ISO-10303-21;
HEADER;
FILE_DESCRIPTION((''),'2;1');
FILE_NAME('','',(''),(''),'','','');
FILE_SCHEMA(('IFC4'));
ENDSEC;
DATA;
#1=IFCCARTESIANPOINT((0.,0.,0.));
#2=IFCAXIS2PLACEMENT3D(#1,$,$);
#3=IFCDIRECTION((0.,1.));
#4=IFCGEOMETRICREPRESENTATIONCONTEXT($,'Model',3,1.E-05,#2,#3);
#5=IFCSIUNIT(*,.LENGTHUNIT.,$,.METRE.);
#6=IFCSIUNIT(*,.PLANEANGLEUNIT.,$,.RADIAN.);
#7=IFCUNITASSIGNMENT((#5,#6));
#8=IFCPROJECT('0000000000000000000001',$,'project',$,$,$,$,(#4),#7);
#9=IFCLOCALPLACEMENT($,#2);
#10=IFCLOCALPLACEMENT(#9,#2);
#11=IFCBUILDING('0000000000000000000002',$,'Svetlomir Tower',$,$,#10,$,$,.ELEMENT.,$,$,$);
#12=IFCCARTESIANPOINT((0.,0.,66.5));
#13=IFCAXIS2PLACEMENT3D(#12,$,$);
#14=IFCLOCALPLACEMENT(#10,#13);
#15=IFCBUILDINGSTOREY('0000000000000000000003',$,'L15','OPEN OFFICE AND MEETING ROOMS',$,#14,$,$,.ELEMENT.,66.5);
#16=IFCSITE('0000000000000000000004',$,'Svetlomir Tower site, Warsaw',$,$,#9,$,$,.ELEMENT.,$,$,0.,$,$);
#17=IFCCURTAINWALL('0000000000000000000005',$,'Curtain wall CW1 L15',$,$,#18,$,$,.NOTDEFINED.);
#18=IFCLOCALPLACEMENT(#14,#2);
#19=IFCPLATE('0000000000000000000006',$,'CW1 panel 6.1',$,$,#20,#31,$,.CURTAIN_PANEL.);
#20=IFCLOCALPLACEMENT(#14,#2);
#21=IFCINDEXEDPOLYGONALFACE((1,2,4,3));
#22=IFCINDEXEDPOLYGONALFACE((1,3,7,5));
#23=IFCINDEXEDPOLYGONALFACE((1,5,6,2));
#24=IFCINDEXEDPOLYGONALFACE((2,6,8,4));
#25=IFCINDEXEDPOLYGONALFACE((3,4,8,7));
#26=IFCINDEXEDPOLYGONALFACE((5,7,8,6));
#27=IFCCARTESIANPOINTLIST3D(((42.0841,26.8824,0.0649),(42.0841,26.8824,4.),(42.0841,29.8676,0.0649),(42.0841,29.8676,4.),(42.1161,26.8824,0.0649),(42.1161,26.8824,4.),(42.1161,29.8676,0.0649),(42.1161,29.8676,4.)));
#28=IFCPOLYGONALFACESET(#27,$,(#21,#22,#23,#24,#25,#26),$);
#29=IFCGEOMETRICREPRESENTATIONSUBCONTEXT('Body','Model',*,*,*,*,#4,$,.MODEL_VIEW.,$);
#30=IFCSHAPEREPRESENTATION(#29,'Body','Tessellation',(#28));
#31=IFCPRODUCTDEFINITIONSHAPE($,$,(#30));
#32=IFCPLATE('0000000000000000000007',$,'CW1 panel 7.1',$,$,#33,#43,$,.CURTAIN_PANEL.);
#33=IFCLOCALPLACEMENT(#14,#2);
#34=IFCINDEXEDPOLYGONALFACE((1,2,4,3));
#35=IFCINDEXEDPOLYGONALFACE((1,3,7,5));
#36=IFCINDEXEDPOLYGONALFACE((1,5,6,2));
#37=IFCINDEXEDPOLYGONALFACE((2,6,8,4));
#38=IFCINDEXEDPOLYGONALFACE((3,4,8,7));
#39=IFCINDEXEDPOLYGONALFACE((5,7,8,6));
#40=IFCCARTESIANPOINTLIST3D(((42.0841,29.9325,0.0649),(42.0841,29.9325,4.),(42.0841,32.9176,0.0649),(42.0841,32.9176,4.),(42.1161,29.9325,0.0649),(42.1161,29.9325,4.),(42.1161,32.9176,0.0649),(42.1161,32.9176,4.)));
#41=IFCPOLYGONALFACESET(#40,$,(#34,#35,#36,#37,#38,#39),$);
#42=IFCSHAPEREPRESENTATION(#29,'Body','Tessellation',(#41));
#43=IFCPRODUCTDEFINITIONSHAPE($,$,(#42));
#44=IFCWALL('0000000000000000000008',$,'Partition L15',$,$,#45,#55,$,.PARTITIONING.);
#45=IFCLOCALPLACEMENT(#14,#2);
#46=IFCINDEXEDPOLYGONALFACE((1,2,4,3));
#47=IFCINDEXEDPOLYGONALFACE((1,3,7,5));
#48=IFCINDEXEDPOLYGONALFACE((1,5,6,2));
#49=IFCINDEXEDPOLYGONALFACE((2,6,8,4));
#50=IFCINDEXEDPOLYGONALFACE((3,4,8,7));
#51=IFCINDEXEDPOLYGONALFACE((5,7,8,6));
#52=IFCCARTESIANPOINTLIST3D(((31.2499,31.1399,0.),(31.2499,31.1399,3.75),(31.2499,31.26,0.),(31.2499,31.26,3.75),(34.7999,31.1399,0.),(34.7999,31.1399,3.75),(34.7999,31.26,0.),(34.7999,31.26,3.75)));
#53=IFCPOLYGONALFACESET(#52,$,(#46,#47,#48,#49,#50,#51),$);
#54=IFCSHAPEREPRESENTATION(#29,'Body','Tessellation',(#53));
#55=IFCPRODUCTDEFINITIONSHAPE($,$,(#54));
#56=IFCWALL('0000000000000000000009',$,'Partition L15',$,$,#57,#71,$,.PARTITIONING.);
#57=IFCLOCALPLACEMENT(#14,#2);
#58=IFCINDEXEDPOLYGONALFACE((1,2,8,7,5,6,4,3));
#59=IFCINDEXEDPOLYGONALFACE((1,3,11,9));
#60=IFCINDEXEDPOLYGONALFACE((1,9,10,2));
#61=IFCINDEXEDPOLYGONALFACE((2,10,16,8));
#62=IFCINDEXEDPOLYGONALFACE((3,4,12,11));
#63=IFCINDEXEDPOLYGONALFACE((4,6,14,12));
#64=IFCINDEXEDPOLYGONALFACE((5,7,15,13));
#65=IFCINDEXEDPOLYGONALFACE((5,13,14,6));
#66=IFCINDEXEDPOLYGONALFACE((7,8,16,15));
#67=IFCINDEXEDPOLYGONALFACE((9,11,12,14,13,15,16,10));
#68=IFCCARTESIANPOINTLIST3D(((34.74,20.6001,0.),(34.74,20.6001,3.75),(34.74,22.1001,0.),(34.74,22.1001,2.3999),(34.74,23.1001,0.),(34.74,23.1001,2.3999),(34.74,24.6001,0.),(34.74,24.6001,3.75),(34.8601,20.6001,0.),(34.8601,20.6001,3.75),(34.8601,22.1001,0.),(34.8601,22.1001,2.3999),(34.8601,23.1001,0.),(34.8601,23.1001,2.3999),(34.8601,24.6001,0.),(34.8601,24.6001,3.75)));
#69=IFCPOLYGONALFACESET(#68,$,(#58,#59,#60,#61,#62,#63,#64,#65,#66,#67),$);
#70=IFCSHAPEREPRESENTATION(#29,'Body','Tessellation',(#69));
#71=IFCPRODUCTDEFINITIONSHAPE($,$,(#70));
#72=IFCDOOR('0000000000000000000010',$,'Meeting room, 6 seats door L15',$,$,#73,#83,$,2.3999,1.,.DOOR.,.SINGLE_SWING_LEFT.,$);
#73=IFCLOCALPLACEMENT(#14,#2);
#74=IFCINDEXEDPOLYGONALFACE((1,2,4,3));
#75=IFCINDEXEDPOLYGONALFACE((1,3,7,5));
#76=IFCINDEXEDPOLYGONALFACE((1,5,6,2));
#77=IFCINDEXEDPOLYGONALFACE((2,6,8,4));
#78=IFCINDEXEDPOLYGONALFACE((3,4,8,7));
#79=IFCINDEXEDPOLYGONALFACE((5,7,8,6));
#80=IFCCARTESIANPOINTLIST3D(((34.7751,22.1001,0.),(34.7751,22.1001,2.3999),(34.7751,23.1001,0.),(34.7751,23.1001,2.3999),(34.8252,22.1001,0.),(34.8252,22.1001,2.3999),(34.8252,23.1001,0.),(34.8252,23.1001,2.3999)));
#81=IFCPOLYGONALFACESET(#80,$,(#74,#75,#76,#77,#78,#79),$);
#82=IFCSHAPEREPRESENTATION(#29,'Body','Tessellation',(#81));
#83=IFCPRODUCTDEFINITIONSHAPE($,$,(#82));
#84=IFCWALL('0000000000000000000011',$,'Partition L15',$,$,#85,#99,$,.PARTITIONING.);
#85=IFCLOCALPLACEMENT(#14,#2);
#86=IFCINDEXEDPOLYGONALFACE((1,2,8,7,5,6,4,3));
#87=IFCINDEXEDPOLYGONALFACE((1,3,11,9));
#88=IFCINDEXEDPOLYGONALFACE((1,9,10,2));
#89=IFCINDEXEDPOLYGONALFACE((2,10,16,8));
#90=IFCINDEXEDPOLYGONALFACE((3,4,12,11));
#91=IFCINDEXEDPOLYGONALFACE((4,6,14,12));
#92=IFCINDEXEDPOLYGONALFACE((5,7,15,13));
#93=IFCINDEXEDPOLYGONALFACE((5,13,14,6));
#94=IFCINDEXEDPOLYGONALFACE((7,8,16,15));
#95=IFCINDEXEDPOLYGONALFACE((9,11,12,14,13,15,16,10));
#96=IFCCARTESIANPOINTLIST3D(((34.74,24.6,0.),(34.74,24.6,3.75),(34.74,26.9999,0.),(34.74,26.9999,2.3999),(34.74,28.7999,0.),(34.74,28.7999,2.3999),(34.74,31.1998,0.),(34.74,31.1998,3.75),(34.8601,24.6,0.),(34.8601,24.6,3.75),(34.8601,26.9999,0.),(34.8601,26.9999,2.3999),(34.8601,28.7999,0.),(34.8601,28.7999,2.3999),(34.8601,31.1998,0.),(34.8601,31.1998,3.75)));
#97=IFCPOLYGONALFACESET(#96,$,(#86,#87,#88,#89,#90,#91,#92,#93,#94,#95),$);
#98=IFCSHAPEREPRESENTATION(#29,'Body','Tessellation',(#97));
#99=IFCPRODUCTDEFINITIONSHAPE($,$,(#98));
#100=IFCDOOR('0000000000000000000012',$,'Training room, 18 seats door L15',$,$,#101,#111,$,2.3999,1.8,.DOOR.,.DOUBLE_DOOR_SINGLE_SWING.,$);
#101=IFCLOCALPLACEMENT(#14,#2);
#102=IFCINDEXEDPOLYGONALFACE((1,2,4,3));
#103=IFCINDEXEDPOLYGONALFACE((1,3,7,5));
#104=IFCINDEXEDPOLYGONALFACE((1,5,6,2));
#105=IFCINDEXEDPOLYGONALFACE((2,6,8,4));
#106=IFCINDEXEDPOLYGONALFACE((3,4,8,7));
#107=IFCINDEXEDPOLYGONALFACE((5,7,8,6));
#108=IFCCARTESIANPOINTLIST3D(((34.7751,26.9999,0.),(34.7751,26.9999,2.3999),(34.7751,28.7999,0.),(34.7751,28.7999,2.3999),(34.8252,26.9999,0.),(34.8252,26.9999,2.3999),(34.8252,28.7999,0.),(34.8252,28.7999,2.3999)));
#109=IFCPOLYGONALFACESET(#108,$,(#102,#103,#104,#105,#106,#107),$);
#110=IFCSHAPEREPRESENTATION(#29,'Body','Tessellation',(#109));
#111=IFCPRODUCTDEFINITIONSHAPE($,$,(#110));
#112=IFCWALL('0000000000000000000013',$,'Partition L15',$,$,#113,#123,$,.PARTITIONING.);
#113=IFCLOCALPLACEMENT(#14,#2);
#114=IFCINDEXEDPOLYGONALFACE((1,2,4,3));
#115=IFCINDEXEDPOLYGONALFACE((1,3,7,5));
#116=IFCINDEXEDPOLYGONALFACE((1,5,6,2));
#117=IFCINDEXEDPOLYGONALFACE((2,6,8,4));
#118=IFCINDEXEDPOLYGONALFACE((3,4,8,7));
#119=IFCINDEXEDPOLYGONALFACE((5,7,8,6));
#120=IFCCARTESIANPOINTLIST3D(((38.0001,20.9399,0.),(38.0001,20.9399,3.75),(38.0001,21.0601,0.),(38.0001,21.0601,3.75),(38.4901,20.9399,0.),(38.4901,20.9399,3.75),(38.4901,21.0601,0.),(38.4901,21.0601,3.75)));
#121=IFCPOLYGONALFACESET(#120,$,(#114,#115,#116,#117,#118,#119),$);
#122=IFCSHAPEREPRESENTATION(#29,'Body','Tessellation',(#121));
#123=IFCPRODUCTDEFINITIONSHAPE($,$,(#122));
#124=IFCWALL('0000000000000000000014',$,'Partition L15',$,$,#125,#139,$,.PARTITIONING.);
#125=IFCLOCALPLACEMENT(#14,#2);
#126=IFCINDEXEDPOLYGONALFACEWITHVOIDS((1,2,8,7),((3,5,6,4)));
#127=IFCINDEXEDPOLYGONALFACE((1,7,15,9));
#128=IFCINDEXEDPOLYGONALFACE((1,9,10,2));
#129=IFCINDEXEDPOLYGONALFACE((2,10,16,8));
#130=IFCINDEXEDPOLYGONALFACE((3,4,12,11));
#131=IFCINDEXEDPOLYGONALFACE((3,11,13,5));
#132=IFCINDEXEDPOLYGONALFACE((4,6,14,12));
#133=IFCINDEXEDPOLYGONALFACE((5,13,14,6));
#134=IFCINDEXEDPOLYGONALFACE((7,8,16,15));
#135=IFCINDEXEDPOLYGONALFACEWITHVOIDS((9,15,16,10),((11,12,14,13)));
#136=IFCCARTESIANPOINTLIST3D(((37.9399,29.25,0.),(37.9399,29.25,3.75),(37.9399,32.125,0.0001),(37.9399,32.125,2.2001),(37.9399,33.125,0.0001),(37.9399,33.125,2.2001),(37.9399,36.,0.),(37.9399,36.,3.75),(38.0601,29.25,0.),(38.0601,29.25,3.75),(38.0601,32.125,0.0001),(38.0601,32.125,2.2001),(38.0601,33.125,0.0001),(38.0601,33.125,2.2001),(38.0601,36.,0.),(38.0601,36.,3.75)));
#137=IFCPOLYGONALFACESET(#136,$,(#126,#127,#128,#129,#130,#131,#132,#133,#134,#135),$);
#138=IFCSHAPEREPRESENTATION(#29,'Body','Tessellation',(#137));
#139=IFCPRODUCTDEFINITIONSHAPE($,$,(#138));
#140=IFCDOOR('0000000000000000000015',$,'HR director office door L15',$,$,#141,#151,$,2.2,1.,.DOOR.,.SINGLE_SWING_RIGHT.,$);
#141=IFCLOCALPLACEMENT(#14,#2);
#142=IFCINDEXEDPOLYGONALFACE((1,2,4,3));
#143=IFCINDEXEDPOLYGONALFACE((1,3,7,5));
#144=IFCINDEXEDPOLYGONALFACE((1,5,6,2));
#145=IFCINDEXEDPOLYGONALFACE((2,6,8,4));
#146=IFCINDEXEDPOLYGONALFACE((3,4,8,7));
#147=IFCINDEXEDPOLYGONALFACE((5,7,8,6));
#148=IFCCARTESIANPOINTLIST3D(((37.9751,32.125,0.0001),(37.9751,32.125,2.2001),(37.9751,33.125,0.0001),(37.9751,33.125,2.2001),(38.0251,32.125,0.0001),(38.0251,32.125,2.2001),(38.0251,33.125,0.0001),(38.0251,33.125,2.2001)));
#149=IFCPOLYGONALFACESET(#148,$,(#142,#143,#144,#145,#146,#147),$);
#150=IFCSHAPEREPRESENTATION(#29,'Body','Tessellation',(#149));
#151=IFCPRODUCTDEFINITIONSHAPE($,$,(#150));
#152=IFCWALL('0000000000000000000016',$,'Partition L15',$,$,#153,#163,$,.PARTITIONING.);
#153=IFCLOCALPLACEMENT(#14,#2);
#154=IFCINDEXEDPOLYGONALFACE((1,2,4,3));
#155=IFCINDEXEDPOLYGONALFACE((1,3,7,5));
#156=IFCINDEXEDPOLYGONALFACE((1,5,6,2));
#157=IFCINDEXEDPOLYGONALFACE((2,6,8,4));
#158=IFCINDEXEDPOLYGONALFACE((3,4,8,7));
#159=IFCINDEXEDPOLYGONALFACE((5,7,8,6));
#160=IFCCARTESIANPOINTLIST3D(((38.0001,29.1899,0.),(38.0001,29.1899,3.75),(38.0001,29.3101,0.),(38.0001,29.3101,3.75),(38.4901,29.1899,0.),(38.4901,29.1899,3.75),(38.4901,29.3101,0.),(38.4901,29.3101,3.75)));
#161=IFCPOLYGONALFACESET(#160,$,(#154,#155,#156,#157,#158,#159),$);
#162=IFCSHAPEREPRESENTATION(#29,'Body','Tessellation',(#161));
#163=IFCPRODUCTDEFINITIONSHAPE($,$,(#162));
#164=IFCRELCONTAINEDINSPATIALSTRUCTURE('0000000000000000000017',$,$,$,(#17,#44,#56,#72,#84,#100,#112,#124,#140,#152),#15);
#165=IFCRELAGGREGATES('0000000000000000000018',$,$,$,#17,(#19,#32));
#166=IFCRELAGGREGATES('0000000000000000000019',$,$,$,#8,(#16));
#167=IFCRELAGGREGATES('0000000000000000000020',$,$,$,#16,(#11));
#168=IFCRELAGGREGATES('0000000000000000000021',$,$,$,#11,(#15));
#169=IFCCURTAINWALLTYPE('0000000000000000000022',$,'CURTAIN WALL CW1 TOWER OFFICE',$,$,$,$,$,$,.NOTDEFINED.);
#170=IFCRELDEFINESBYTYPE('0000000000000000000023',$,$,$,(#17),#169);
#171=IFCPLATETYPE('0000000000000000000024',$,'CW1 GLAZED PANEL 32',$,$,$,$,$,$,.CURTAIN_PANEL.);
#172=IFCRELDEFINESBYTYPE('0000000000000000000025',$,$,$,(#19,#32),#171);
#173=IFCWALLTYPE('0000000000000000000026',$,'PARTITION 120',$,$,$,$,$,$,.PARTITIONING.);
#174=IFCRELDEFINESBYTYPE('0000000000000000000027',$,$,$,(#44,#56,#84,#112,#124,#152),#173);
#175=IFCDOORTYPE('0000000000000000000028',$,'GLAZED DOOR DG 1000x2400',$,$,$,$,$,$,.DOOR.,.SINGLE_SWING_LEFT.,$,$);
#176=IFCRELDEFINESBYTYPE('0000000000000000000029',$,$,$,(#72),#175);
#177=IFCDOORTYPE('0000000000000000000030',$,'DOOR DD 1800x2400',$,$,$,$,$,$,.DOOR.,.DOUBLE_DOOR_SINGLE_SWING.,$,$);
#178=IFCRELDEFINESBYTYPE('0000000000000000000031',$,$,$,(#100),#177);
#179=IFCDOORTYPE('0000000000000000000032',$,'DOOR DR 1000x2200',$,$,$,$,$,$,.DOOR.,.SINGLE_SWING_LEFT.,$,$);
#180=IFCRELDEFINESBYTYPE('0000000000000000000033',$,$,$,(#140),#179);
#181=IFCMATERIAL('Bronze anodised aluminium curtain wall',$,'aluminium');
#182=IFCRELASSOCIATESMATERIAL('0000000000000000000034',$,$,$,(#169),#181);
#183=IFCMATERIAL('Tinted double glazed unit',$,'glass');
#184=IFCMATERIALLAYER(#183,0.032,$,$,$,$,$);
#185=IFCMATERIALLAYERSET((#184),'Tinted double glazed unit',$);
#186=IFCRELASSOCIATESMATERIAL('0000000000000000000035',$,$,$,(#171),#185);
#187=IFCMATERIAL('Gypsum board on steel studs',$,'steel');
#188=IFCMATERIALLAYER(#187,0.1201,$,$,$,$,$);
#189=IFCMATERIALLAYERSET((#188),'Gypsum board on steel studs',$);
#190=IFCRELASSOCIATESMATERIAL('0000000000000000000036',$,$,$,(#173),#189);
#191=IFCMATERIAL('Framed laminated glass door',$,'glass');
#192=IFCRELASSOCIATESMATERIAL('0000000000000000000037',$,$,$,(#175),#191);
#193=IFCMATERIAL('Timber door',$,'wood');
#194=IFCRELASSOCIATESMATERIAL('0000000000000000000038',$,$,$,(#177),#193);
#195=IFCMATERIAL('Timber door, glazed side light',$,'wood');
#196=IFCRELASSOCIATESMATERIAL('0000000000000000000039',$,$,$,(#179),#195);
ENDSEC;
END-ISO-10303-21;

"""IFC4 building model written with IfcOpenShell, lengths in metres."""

from ifc_helpers import new_model, si_unit, direction, frame, frame_2d, origin, origin_2d, place, context, subcontext, project, spatial, rectangle, extrude, material, layer, layer_set, type_object, element, fill, aggregate, save


model = new_model("IFC4")

# Units and contexts
model_context = context("Model", 3, precision=1e-05, world=origin(), true_north=direction((0.0, 1.0)))
body_context = subcontext(model_context, "Body", "Model", "MODEL_VIEW")
ifc_project = project(units=[si_unit("LENGTHUNIT", "METRE"), si_unit("PLANEANGLEUNIT", "RADIAN")], contexts=[model_context])

# Site, building, storey
site_placement = place(None, origin())
site = spatial("IfcSite", under=ifc_project, at=site_placement, Name="Svetlomir Tower site, Warsaw", CompositionType="ELEMENT", RefElevation=0.0)
building_placement = place(site_placement, origin())
building = spatial("IfcBuilding", under=site, at=building_placement, Name="Svetlomir Tower", CompositionType="ELEMENT")
storey_placement = place(building_placement, frame((0.0, 0.0, 66.5)))
storey = spatial("IfcBuildingStorey", under=building, at=storey_placement, Name="L15", Description="OPEN OFFICE AND MEETING ROOMS", CompositionType="ELEMENT", Elevation=66.5)

# Curtain wall
ifc_material_1 = material(Name="Bronze anodised aluminium curtain wall", Category="aluminium")
curtain_wall_type = type_object("IfcCurtainWallType", Name="CURTAIN WALL CW1 TOWER OFFICE", PredefinedType="NOTDEFINED", material=ifc_material_1)
curtain_wall_placement = place(storey_placement, origin())
curtain_wall = element("IfcCurtainWall", 1, at=curtain_wall_placement, inside=storey, type_object=curtain_wall_type, Name="Curtain wall CW1 L15", PredefinedType="NOTDEFINED")

# Plates
ifc_material_2 = material(Name="Tinted double glazed unit", Category="glass")
ifc_layer_1 = layer(ifc_material_2, 0.032)
ifc_layer_set_1 = layer_set([ifc_layer_1], Name="Tinted double glazed unit")
plate_type = type_object("IfcPlateType", Name="CW1 GLAZED PANEL 32", PredefinedType="CURTAIN_PANEL", material=ifc_layer_set_1)
plate_1_placement = place(storey_placement, frame((42.1001, 28.375, 0.0649), z_axis=(0.0, 0.0, 1.0), x_axis=(0.0, 1.0, 0.0)))
plate_1 = element("IfcPlate", 2, at=plate_1_placement, type_object=plate_type, Name="CW1 panel 6.1", PredefinedType="CURTAIN_PANEL", context=body_context, shape_type="SweptSolid", body=[
    extrude(rectangle(XDim=2.9851, YDim=0.032, at=origin_2d()), origin(), (0.0, 0.0, 1.0), 3.9351),
])
plate_2_placement = place(storey_placement, frame((42.1001, 31.425, 0.0649), z_axis=(0.0, 0.0, 1.0), x_axis=(0.0, 1.0, 0.0)))
plate_2 = element("IfcPlate", 3, at=plate_2_placement, type_object=plate_type, Name="CW1 panel 7.1", PredefinedType="CURTAIN_PANEL", context=body_context, shape_type="SweptSolid", body=[
    extrude(rectangle(XDim=2.9851, YDim=0.032, at=origin_2d()), origin(), (0.0, 0.0, 1.0), 3.9351),
])
aggregate(curtain_wall, [plate_1, plate_2])

# Wall
ifc_material_3 = material(Name="Gypsum board on steel studs", Category="steel")
ifc_layer_2 = layer(ifc_material_3, 0.1201)
ifc_layer_set_2 = layer_set([ifc_layer_2], Name="Gypsum board on steel studs")
wall_type = type_object("IfcWallType", Name="PARTITION 120", PredefinedType="PARTITIONING", material=ifc_layer_set_2)
wall_1_placement = place(storey_placement, frame((31.25, 31.2, 0.0), z_axis=(0.0, 0.0, 1.0), x_axis=(1.0, 0.0, 0.0)))
element("IfcWall", 4, at=wall_1_placement, inside=storey, type_object=wall_type, Name="Partition L15", PredefinedType="PARTITIONING", context=body_context, shape_type="SweptSolid", body=[
    extrude(rectangle(XDim=3.55, YDim=0.1201, at=frame_2d((1.7749, 0.0))), origin(), (0.0, 0.0, 1.0), 3.75),
])

# Walls, openings, doors
wall_2_placement = place(storey_placement, frame((34.8, 20.6001, 0.0), z_axis=(0.0, 0.0, 1.0), x_axis=(0.0, 1.0, 0.0)))
wall_2 = element("IfcWall", 5, at=wall_2_placement, inside=storey, type_object=wall_type, Name="Partition L15", PredefinedType="PARTITIONING", context=body_context, shape_type="SweptSolid", body=[
    extrude(rectangle(XDim=4.0, YDim=0.1201, at=frame_2d((2.0, 0.0))), origin(), (0.0, 0.0, 1.0), 3.75),
])
opening_1_placement = place(wall_2_placement, frame((1.5, 0.0, 0.0)))
opening_1 = element("IfcOpeningElement", 6, at=opening_1_placement, cuts=wall_2, PredefinedType="OPENING", context=body_context, shape_type="SweptSolid", body=[
    extrude(rectangle(XDim=1.0, YDim=2.3999, at=frame_2d((0.5, 1.2))), frame((0.0, 0.0701, 0.0), z_axis=(0.0, -1.0, 0.0), x_axis=(1.0, 0.0, 0.0)), (0.0, 0.0, 1.0), 0.1401),
])
ifc_material_4 = material(Name="Framed laminated glass door", Category="glass")
door_type_1 = type_object("IfcDoorType", Name="GLAZED DOOR DG 1000x2400", OperationType="SINGLE_SWING_LEFT", PredefinedType="DOOR", material=ifc_material_4)
door_1_placement = place(opening_1_placement, origin())
door_1 = element("IfcDoor", 7, at=door_1_placement, inside=storey, type_object=door_type_1, Name="Meeting room, 6 seats door L15", OperationType="SINGLE_SWING_LEFT", OverallHeight=2.3999, OverallWidth=1.0, PredefinedType="DOOR", context=body_context, shape_type="SweptSolid", body=[
    extrude(rectangle(XDim=1.0, YDim=2.3999, at=frame_2d((0.5, 1.2))), frame((0.0, 0.0249, 0.0), z_axis=(0.0, -1.0, 0.0), x_axis=(1.0, 0.0, 0.0)), (0.0, 0.0, 1.0), 0.05),
])
fill(opening_1, door_1)
wall_3_placement = place(storey_placement, frame((34.8, 24.6001, 0.0), z_axis=(0.0, 0.0, 1.0), x_axis=(0.0, 1.0, 0.0)))
wall_3 = element("IfcWall", 8, at=wall_3_placement, inside=storey, type_object=wall_type, Name="Partition L15", PredefinedType="PARTITIONING", context=body_context, shape_type="SweptSolid", body=[
    extrude(rectangle(XDim=6.5999, YDim=0.1201, at=frame_2d((3.2998, 0.0))), origin(), (0.0, 0.0, 1.0), 3.75),
])
opening_2_placement = place(wall_3_placement, frame((2.3999, 0.0, 0.0)))
opening_2 = element("IfcOpeningElement", 9, at=opening_2_placement, cuts=wall_3, PredefinedType="OPENING", context=body_context, shape_type="SweptSolid", body=[
    extrude(rectangle(XDim=1.8, YDim=2.3999, at=frame_2d((0.8999, 1.2))), frame((0.0, 0.0701, 0.0), z_axis=(0.0, -1.0, 0.0), x_axis=(1.0, 0.0, 0.0)), (0.0, 0.0, 1.0), 0.1401),
])
ifc_material_5 = material(Name="Timber door", Category="wood")
door_type_2 = type_object("IfcDoorType", Name="DOOR DD 1800x2400", OperationType="DOUBLE_DOOR_SINGLE_SWING", PredefinedType="DOOR", material=ifc_material_5)
door_2_placement = place(opening_2_placement, origin())
door_2 = element("IfcDoor", 10, at=door_2_placement, inside=storey, type_object=door_type_2, Name="Training room, 18 seats door L15", OperationType="DOUBLE_DOOR_SINGLE_SWING", OverallHeight=2.3999, OverallWidth=1.8, PredefinedType="DOOR", context=body_context, shape_type="SweptSolid", body=[
    extrude(rectangle(XDim=1.8, YDim=2.3999, at=frame_2d((0.8999, 1.2))), frame((0.0, 0.0249, 0.0), z_axis=(0.0, -1.0, 0.0), x_axis=(1.0, 0.0, 0.0)), (0.0, 0.0, 1.0), 0.05),
])
fill(opening_2, door_2)

# Wall
wall_4_placement = place(storey_placement, frame((38.0, 21.0, 0.0), z_axis=(0.0, 0.0, 1.0), x_axis=(1.0, 0.0, 0.0)))
element("IfcWall", 11, at=wall_4_placement, inside=storey, type_object=wall_type, Name="Partition L15", PredefinedType="PARTITIONING", context=body_context, shape_type="SweptSolid", body=[
    extrude(rectangle(XDim=0.49, YDim=0.1201, at=frame_2d((0.2451, 0.0))), origin(), (0.0, 0.0, 1.0), 3.75),
])

# Wall, opening, door
wall_5_placement = place(storey_placement, frame((38.0, 29.25, 0.0), z_axis=(0.0, 0.0, 1.0), x_axis=(0.0, 1.0, 0.0)))
wall_5 = element("IfcWall", 12, at=wall_5_placement, inside=storey, type_object=wall_type, Name="Partition L15", PredefinedType="PARTITIONING", context=body_context, shape_type="SweptSolid", body=[
    extrude(rectangle(XDim=6.75, YDim=0.1201, at=frame_2d((3.375, 0.0))), origin(), (0.0, 0.0, 1.0), 3.75),
])
opening_3_placement = place(wall_5_placement, frame((2.875, 0.0, 0.0)))
opening_3 = element("IfcOpeningElement", 13, at=opening_3_placement, cuts=wall_5, PredefinedType="OPENING", context=body_context, shape_type="SweptSolid", body=[
    extrude(rectangle(XDim=1.0, YDim=2.2, at=frame_2d((0.5, 1.1001))), frame((0.0, 0.0701, 0.0), z_axis=(0.0, -1.0, 0.0), x_axis=(1.0, 0.0, 0.0)), (0.0, 0.0, 1.0), 0.1401),
])
ifc_material_6 = material(Name="Timber door, glazed side light", Category="wood")
door_type_3 = type_object("IfcDoorType", Name="DOOR DR 1000x2200", OperationType="SINGLE_SWING_LEFT", PredefinedType="DOOR", material=ifc_material_6)
door_3_placement = place(opening_3_placement, origin())
door_3 = element("IfcDoor", 14, at=door_3_placement, inside=storey, type_object=door_type_3, Name="HR director office door L15", OperationType="SINGLE_SWING_RIGHT", OverallHeight=2.2, OverallWidth=1.0, PredefinedType="DOOR", context=body_context, shape_type="SweptSolid", body=[
    extrude(rectangle(XDim=1.0, YDim=2.2, at=frame_2d((0.5, 1.1001))), frame((0.0, 0.0249, 0.0), z_axis=(0.0, -1.0, 0.0), x_axis=(1.0, 0.0, 0.0)), (0.0, 0.0, 1.0), 0.05),
])
fill(opening_3, door_3)

# Wall
wall_6_placement = place(storey_placement, frame((38.0, 29.25, 0.0), z_axis=(0.0, 0.0, 1.0), x_axis=(1.0, 0.0, 0.0)))
element("IfcWall", 15, at=wall_6_placement, inside=storey, type_object=wall_type, Name="Partition L15", PredefinedType="PARTITIONING", context=body_context, shape_type="SweptSolid", body=[
    extrude(rectangle(XDim=0.49, YDim=0.1201, at=frame_2d((0.2451, 0.0))), origin(), (0.0, 0.0, 1.0), 3.75),
])

save(model, "model.ifc")
